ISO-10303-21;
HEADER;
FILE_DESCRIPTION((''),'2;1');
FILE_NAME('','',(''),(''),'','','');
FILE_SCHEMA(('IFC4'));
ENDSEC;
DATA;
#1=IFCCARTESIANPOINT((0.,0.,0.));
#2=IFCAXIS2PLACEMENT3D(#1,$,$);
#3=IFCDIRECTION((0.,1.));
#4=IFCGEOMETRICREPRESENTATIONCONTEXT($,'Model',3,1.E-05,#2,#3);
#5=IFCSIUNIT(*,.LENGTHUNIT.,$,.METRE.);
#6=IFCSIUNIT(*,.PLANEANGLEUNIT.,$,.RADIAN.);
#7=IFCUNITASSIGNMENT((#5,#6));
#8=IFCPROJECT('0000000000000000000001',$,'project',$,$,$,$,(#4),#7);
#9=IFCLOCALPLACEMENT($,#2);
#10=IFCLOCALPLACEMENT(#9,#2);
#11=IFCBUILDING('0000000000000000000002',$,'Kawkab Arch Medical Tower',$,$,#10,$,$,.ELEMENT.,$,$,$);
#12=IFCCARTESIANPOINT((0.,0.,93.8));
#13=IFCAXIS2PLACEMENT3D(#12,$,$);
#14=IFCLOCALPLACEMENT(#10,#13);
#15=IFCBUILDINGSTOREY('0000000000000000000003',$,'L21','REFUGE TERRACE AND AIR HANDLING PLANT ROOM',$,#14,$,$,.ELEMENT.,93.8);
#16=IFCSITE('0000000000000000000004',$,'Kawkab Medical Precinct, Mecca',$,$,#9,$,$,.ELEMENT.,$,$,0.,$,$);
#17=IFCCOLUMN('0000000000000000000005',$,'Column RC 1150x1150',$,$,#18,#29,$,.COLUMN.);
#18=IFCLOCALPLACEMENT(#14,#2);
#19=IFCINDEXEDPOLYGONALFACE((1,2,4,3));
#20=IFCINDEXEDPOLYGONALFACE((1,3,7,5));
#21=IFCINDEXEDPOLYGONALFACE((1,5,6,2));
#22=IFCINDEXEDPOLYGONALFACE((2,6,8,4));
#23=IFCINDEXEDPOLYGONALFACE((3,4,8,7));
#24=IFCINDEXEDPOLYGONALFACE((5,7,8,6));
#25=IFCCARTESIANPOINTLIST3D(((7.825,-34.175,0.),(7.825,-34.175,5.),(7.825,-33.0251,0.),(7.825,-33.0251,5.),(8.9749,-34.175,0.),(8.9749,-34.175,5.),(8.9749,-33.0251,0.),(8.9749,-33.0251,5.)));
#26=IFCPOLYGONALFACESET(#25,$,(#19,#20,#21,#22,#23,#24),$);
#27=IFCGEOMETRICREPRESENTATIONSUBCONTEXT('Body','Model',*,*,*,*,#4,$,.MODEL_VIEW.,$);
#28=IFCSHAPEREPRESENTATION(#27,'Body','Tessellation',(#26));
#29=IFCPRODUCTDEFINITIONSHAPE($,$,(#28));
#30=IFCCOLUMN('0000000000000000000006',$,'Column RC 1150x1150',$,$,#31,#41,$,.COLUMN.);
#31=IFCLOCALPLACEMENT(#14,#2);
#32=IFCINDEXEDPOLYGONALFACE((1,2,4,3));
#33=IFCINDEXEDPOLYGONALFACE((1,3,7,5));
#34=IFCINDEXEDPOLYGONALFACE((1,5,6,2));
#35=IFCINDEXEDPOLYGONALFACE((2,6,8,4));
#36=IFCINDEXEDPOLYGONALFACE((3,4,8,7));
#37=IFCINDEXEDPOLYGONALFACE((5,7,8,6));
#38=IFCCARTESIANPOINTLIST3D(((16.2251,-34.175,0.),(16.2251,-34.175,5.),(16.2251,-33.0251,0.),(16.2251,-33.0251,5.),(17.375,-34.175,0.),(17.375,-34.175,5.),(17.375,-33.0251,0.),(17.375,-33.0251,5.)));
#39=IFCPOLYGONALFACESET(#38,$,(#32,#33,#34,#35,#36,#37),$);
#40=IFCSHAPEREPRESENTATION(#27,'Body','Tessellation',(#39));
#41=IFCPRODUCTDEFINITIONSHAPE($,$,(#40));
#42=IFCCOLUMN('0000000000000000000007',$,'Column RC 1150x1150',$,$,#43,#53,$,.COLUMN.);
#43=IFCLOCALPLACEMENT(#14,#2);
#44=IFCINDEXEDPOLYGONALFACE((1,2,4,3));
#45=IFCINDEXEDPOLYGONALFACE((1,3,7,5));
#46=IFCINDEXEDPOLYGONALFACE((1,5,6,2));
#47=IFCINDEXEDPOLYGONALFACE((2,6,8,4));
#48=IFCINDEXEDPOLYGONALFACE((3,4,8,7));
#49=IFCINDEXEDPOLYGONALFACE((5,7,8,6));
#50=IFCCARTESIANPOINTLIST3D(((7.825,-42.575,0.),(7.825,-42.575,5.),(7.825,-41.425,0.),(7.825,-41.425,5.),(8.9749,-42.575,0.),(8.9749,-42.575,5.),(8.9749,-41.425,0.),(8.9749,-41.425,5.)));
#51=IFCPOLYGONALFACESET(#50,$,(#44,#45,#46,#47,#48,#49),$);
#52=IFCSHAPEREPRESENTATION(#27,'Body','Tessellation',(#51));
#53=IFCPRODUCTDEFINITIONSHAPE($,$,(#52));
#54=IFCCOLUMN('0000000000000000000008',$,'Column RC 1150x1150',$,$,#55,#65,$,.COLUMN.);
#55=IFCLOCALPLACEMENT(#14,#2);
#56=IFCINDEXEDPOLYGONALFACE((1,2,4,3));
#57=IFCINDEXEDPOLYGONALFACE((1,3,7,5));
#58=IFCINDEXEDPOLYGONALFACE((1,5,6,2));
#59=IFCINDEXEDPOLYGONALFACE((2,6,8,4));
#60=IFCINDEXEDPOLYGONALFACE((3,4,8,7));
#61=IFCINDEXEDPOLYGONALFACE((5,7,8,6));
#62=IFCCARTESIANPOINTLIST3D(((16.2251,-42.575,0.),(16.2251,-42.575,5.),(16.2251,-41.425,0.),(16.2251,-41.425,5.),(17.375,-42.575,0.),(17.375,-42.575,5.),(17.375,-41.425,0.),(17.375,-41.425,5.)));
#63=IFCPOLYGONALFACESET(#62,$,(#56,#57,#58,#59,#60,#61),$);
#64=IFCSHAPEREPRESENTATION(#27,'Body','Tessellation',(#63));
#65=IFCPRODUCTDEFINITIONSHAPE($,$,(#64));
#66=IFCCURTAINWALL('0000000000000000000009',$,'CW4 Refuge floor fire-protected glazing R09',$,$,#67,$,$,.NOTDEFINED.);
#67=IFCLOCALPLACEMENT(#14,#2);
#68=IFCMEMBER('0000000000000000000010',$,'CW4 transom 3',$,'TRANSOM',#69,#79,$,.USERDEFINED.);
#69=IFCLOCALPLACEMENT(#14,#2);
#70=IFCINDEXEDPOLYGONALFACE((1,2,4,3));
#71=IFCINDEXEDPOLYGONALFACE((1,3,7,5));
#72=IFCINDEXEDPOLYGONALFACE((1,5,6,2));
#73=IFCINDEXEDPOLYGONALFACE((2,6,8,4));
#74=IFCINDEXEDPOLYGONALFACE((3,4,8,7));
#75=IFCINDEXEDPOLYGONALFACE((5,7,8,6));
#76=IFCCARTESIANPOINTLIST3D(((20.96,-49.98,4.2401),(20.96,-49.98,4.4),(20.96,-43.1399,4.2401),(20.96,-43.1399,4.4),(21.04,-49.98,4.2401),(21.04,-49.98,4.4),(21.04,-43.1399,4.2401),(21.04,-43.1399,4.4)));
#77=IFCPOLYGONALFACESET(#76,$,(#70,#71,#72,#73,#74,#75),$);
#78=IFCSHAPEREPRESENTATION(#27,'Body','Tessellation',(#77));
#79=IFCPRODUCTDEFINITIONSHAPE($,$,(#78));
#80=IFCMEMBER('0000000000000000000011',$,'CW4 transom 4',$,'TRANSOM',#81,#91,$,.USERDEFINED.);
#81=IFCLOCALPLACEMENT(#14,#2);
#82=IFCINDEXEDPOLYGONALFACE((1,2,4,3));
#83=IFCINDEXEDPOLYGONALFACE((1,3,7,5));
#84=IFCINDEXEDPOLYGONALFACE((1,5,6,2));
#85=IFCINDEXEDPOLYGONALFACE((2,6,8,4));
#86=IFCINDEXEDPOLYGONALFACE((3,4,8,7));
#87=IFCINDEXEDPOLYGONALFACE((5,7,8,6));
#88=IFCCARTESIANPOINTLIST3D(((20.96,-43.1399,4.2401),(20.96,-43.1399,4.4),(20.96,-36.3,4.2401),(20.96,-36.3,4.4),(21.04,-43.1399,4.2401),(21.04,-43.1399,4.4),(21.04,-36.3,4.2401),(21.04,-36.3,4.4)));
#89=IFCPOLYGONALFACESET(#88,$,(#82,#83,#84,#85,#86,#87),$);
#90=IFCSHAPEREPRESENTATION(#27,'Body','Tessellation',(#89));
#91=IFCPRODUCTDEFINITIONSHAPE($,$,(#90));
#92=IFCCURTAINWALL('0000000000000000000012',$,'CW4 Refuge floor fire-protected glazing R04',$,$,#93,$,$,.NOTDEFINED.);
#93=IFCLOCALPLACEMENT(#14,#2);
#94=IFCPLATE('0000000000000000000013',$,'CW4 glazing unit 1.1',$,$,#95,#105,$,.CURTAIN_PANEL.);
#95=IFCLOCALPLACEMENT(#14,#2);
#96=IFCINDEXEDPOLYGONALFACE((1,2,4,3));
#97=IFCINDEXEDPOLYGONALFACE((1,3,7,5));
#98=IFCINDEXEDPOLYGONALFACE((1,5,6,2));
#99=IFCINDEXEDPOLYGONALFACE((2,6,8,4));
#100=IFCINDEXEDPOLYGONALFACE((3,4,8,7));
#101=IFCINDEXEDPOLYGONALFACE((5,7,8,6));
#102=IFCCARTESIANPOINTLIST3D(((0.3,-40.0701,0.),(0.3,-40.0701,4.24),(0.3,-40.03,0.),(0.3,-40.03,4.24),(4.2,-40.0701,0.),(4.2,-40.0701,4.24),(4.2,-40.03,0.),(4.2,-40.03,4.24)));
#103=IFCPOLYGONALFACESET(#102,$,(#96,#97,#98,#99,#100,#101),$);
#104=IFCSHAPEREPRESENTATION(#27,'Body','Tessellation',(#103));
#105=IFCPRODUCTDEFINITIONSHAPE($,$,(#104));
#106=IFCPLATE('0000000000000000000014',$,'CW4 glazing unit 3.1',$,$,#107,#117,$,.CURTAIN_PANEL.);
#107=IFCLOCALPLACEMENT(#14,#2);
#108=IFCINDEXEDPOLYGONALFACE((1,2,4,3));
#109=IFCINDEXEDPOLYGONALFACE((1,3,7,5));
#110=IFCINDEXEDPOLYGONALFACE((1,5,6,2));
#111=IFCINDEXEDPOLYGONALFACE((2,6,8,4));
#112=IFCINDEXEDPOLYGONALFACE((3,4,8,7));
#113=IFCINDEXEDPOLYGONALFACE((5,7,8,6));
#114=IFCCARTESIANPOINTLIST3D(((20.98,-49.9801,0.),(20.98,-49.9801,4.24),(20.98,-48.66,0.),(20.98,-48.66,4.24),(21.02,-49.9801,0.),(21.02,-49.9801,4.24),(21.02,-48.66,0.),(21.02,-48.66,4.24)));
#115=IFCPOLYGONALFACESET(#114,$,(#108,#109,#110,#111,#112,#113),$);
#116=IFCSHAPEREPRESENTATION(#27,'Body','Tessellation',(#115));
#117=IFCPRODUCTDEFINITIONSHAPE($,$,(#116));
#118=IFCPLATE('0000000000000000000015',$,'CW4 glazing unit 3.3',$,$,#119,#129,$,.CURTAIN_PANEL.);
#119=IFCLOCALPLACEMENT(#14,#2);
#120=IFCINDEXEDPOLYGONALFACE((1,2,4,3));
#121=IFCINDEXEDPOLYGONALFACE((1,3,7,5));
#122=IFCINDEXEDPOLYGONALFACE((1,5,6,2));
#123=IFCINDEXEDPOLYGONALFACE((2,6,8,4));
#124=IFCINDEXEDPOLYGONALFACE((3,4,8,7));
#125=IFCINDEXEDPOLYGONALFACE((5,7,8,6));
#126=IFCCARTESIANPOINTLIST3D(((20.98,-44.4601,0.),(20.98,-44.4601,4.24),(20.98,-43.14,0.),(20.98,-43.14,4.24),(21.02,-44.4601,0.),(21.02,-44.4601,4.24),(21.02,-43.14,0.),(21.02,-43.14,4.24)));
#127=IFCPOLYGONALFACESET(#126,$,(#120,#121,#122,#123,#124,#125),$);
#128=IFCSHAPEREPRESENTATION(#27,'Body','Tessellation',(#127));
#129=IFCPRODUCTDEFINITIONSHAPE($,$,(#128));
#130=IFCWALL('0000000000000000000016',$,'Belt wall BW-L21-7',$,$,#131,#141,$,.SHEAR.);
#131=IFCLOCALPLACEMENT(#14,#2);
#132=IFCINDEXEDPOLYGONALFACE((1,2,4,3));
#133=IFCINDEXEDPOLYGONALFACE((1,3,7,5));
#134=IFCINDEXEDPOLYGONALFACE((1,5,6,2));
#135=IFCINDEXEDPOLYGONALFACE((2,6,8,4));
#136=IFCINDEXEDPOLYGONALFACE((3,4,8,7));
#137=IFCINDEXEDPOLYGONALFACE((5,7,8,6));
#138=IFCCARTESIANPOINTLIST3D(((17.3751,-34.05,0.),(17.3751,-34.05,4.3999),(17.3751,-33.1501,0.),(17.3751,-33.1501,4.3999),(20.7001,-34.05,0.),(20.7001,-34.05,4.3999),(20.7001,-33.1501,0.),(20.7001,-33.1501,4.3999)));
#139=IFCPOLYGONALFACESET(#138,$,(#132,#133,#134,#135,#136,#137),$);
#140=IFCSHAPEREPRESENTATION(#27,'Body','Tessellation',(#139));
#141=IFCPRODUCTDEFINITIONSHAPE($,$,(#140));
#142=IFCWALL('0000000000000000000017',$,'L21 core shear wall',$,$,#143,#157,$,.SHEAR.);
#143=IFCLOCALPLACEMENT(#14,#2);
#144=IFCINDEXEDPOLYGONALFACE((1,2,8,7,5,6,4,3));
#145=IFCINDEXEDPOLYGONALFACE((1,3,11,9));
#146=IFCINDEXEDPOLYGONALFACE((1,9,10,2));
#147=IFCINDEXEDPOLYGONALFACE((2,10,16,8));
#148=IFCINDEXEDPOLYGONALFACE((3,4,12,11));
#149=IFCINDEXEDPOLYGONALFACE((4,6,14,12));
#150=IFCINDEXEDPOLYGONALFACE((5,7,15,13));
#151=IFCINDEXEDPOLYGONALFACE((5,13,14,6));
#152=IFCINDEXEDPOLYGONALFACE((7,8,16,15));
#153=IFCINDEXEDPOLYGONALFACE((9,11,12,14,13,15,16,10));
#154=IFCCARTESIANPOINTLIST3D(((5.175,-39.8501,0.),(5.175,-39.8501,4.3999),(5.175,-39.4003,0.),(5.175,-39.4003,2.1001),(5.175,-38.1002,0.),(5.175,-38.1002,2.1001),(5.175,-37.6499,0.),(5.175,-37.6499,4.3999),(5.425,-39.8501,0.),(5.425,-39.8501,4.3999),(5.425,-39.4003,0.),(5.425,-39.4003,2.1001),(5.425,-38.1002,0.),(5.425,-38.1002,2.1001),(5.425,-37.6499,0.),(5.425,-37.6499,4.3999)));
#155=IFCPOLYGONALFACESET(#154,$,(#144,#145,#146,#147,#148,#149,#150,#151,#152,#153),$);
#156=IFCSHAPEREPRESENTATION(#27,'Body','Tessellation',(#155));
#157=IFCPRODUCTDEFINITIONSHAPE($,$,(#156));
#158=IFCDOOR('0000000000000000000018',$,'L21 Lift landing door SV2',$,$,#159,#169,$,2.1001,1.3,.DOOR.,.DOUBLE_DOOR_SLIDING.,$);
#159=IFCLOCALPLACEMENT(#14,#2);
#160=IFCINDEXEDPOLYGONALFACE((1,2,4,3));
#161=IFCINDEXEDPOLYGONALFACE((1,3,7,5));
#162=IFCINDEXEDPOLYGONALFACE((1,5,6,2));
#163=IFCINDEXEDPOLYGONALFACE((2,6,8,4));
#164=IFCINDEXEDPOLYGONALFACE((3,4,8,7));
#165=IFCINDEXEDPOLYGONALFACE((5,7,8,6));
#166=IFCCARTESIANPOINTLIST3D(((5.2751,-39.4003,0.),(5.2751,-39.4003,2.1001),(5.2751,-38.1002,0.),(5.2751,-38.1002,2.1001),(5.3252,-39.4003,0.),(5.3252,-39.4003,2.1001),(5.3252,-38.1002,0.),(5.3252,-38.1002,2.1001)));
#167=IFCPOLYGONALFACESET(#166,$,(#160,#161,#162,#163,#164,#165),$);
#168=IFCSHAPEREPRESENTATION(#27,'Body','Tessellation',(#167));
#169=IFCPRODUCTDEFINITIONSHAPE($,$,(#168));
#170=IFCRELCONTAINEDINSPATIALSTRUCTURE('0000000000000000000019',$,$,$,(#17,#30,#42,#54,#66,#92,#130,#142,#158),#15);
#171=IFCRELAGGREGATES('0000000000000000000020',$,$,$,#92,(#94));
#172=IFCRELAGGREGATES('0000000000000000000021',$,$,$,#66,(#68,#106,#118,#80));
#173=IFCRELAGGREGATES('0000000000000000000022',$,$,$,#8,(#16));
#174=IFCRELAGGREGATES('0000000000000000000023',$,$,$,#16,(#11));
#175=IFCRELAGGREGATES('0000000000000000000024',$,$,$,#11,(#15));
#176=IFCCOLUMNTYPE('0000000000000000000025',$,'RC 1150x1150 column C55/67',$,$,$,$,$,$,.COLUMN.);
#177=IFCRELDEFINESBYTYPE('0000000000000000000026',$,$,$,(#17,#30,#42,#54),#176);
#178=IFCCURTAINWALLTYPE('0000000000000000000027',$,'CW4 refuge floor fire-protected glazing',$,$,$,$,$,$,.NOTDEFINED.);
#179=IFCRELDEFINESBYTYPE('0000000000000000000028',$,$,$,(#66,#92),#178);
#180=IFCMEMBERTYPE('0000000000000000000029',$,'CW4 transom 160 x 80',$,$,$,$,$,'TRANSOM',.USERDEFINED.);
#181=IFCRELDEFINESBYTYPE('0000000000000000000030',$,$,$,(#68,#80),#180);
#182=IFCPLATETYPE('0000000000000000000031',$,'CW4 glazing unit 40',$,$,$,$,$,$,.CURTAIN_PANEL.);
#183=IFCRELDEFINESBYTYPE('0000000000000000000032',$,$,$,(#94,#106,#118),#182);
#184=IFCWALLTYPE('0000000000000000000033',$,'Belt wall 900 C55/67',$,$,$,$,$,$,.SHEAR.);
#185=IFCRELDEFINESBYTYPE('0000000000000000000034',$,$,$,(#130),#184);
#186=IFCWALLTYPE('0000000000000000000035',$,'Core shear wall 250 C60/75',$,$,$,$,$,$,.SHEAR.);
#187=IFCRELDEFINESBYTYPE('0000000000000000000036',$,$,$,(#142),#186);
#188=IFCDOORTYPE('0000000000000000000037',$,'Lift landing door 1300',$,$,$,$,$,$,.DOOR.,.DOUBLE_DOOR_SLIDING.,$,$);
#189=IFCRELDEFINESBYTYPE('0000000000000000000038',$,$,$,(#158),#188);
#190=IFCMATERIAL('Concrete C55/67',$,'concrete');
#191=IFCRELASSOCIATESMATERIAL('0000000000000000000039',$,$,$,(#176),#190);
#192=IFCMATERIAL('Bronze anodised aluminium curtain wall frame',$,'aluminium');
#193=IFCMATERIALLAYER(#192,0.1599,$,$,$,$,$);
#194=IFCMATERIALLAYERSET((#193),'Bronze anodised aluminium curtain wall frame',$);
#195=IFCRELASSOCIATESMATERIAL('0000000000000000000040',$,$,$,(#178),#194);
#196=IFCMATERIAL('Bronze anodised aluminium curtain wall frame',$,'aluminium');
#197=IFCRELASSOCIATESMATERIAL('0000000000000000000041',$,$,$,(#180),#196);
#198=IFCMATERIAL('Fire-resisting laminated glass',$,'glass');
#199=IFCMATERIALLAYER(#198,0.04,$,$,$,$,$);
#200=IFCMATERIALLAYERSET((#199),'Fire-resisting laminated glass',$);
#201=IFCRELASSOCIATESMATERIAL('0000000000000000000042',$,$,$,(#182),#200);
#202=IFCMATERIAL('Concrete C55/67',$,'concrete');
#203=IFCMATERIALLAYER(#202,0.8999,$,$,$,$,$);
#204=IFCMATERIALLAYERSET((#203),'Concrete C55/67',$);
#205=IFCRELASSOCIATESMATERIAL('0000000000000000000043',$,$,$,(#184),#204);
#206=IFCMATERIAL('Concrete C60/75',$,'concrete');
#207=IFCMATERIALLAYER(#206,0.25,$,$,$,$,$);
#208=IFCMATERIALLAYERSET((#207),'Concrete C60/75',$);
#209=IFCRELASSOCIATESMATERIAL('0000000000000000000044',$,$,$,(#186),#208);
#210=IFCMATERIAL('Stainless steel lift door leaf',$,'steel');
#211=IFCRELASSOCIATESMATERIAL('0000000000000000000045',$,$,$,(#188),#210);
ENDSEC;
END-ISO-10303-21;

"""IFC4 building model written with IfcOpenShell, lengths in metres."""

from ifc_helpers import new_model, si_unit, direction, frame, frame_2d, origin, origin_2d, place, context, subcontext, project, spatial, rectangle, extrude, material, layer, layer_set, material_profile, profile_set, type_object, element, fill, aggregate, save


model = new_model("IFC4")

# Units and contexts
model_context = context("Model", 3, precision=1e-05, world=origin(), true_north=direction((0.0, 1.0)))
body_context = subcontext(model_context, "Body", "Model", "MODEL_VIEW")
ifc_project = project(units=[si_unit("LENGTHUNIT", "METRE"), si_unit("PLANEANGLEUNIT", "RADIAN")], contexts=[model_context])

# Site, building, storey
site_placement = place(None, origin())
site = spatial("IfcSite", under=ifc_project, at=site_placement, Name="Kawkab Medical Precinct, Mecca", CompositionType="ELEMENT", RefElevation=0.0)
building_placement = place(site_placement, origin())
building = spatial("IfcBuilding", under=site, at=building_placement, Name="Kawkab Arch Medical Tower", CompositionType="ELEMENT")
storey_placement = place(building_placement, frame((0.0, 0.0, 93.8)))
storey = spatial("IfcBuildingStorey", under=building, at=storey_placement, Name="L21", Description="REFUGE TERRACE AND AIR HANDLING PLANT ROOM", CompositionType="ELEMENT", Elevation=93.8)

# Columns
ifc_material_1 = material(Name="Concrete C55/67", Category="concrete")
ifc_material_profile_1 = material_profile(ifc_material_1, rectangle(XDim=1.1499, YDim=1.1499, at=origin_2d()), Name="RC 1150x1150")
ifc_profile_set_1 = profile_set([ifc_material_profile_1], Name="Concrete C55/67")
column_type = type_object("IfcColumnType", Name="RC 1150x1150 column C55/67", PredefinedType="COLUMN", material=ifc_profile_set_1)
for number, where, z_axis, x_axis, name in (
    (1, (8.3999, -33.6001, 0.0), (0.0, 0.0, 1.0), (1.0, 0.0, 0.0), "Column RC 1150x1150"),
    (2, (16.8, -33.6001, 0.0), (0.0, 0.0, 1.0), (1.0, 0.0, 0.0), "Column RC 1150x1150"),
    (3, (8.3999, -42.0, 0.0), (0.0, 0.0, 1.0), (1.0, 0.0, 0.0), "Column RC 1150x1150"),
    (4, (16.8, -42.0, 0.0), (0.0, 0.0, 1.0), (1.0, 0.0, 0.0), "Column RC 1150x1150"),
):
    element("IfcColumn", number, at=place(storey_placement, frame(where, z_axis=z_axis, x_axis=x_axis)), inside=storey, type_object=column_type, Name=name, PredefinedType="COLUMN", context=body_context, shape_type="SweptSolid", body=[
        extrude(rectangle(XDim=1.1499, YDim=1.1499, at=origin_2d()), origin(), (0.0, 0.0, 1.0), 5.0),
    ])

# Curtain wall, members
ifc_material_2 = material(Name="Bronze anodised aluminium curtain wall frame", Category="aluminium")
ifc_layer_1 = layer(ifc_material_2, 0.1599)
ifc_layer_set_1 = layer_set([ifc_layer_1], Name="Bronze anodised aluminium curtain wall frame")
curtain_wall_type = type_object("IfcCurtainWallType", Name="CW4 refuge floor fire-protected glazing", PredefinedType="NOTDEFINED", material=ifc_layer_set_1)
placement = place(storey_placement, origin())
curtain_wall_1 = element("IfcCurtainWall", 5, at=placement, inside=storey, type_object=curtain_wall_type, Name="CW4 Refuge floor fire-protected glazing R09", PredefinedType="NOTDEFINED")
ifc_material_3 = material(Name="Bronze anodised aluminium curtain wall frame", Category="aluminium")
ifc_material_profile_2 = material_profile(ifc_material_3, rectangle(XDim=0.0801, YDim=0.1599, at=origin_2d()), Name="AL 80x160")
ifc_profile_set_2 = profile_set([ifc_material_profile_2], Name="Bronze anodised aluminium curtain wall frame")
member_type = type_object("IfcMemberType", Name="CW4 transom 160 x 80", ElementType="TRANSOM", PredefinedType="USERDEFINED", material=ifc_profile_set_2)
member_1_placement = place(storey_placement, frame((21.0, -49.98, 4.3201), z_axis=(0.0, 1.0, 0.0), x_axis=(-1.0, 0.0, 0.0)))
member_1 = element("IfcMember", 6, at=member_1_placement, type_object=member_type, Name="CW4 transom 3", ObjectType="TRANSOM", PredefinedType="USERDEFINED", context=body_context, shape_type="SweptSolid", body=[
    extrude(rectangle(XDim=0.0801, YDim=0.1599, at=origin_2d()), origin(), (0.0, 0.0, 1.0), 6.8401),
])
member_2_placement = place(storey_placement, frame((21.0, -43.1399, 4.3201), z_axis=(0.0, 1.0, 0.0), x_axis=(-1.0, 0.0, 0.0)))
member_2 = element("IfcMember", 7, at=member_2_placement, type_object=member_type, Name="CW4 transom 4", ObjectType="TRANSOM", PredefinedType="USERDEFINED", context=body_context, shape_type="SweptSolid", body=[
    extrude(rectangle(XDim=0.0801, YDim=0.1599, at=origin_2d()), origin(), (0.0, 0.0, 1.0), 6.8398),
])

# Curtain wall, plate
curtain_wall_2 = element("IfcCurtainWall", 8, at=placement, inside=storey, type_object=curtain_wall_type, Name="CW4 Refuge floor fire-protected glazing R04", PredefinedType="NOTDEFINED")
ifc_material_4 = material(Name="Fire-resisting laminated glass", Category="glass")
ifc_layer_2 = layer(ifc_material_4, 0.04)
ifc_layer_set_2 = layer_set([ifc_layer_2], Name="Fire-resisting laminated glass")
plate_type = type_object("IfcPlateType", Name="CW4 glazing unit 40", PredefinedType="CURTAIN_PANEL", material=ifc_layer_set_2)
plate_1_placement = place(storey_placement, frame((2.25, -40.05, 0.0), z_axis=(0.0, 0.0, 1.0), x_axis=(1.0, 0.0, 0.0)))
plate_1 = element("IfcPlate", 9, at=plate_1_placement, type_object=plate_type, Name="CW4 glazing unit 1.1", PredefinedType="CURTAIN_PANEL", context=body_context, shape_type="SweptSolid", body=[
    extrude(rectangle(XDim=3.8999, YDim=0.04, at=origin_2d()), origin(), (0.0, 0.0, 1.0), 4.24),
])
aggregate(curtain_wall_2, [plate_1])

# Plates
plate_2_placement = place(storey_placement, frame((21.0, -49.3201, 0.0), z_axis=(0.0, 0.0, 1.0), x_axis=(0.0, 1.0, 0.0)))
plate_2 = element("IfcPlate", 10, at=plate_2_placement, type_object=plate_type, Name="CW4 glazing unit 3.1", PredefinedType="CURTAIN_PANEL", context=body_context, shape_type="SweptSolid", body=[
    extrude(rectangle(XDim=1.3201, YDim=0.04, at=origin_2d()), origin(), (0.0, 0.0, 1.0), 4.24),
])
plate_3_placement = place(storey_placement, frame((21.0, -43.8, 0.0), z_axis=(0.0, 0.0, 1.0), x_axis=(0.0, 1.0, 0.0)))
plate_3 = element("IfcPlate", 11, at=plate_3_placement, type_object=plate_type, Name="CW4 glazing unit 3.3", PredefinedType="CURTAIN_PANEL", context=body_context, shape_type="SweptSolid", body=[
    extrude(rectangle(XDim=1.3201, YDim=0.04, at=origin_2d()), origin(), (0.0, 0.0, 1.0), 4.24),
])
aggregate(curtain_wall_1, [member_1, plate_2, plate_3, member_2])

# Wall
ifc_material_5 = material(Name="Concrete C55/67", Category="concrete")
ifc_layer_3 = layer(ifc_material_5, 0.8999)
ifc_layer_set_3 = layer_set([ifc_layer_3], Name="Concrete C55/67")
wall_type_1 = type_object("IfcWallType", Name="Belt wall 900 C55/67", PredefinedType="SHEAR", material=ifc_layer_set_3)
wall_1_placement = place(storey_placement, frame((17.375, -33.6001, 0.0), z_axis=(0.0, 0.0, 1.0), x_axis=(1.0, 0.0, 0.0)))
element("IfcWall", 12, at=wall_1_placement, inside=storey, type_object=wall_type_1, Name="Belt wall BW-L21-7", PredefinedType="SHEAR", context=body_context, shape_type="SweptSolid", body=[
    extrude(rectangle(XDim=3.325, YDim=0.8999, at=frame_2d((1.6626, 0.0))), origin(), (0.0, 0.0, 1.0), 4.3999),
])

# Wall, opening, door
ifc_material_6 = material(Name="Concrete C60/75", Category="concrete")
ifc_layer_4 = layer(ifc_material_6, 0.25)
ifc_layer_set_4 = layer_set([ifc_layer_4], Name="Concrete C60/75")
wall_type_2 = type_object("IfcWallType", Name="Core shear wall 250 C60/75", PredefinedType="SHEAR", material=ifc_layer_set_4)
wall_2_placement = place(storey_placement, frame((5.3, -39.8501, 0.0), z_axis=(0.0, 0.0, 1.0), x_axis=(0.0, 1.0, 0.0)))
wall_2 = element("IfcWall", 13, at=wall_2_placement, inside=storey, type_object=wall_type_2, Name="L21 core shear wall", PredefinedType="SHEAR", context=body_context, shape_type="SweptSolid", body=[
    extrude(rectangle(XDim=2.2002, YDim=0.25, at=frame_2d((1.1001, 0.0))), origin(), (0.0, 0.0, 1.0), 4.3999),
])
opening_1_placement = place(wall_2_placement, frame((0.45, 0.0, 0.0)))
opening_1 = element("IfcOpeningElement", 14, at=opening_1_placement, cuts=wall_2, PredefinedType="OPENING", context=body_context, shape_type="SweptSolid", body=[
    extrude(rectangle(XDim=1.3, YDim=2.1001, at=frame_2d((0.6499, 1.05))), frame((0.0, 0.135, 0.0), z_axis=(0.0, -1.0, 0.0), x_axis=(1.0, 0.0, 0.0)), (0.0, 0.0, 1.0), 0.27),
])
ifc_material_7 = material(Name="Stainless steel lift door leaf", Category="steel")
door_type_1 = type_object("IfcDoorType", Name="Lift landing door 1300", OperationType="DOUBLE_DOOR_SLIDING", PredefinedType="DOOR", material=ifc_material_7)
door_1_placement = place(opening_1_placement, origin())
door_1 = element("IfcDoor", 15, at=door_1_placement, inside=storey, type_object=door_type_1, Name="L21 Lift landing door SV2", OperationType="DOUBLE_DOOR_SLIDING", OverallHeight=2.1001, OverallWidth=1.3, PredefinedType="DOOR", context=body_context, shape_type="SweptSolid", body=[
    extrude(rectangle(XDim=1.3, YDim=2.1001, at=frame_2d((0.6499, 1.05))), frame((0.0, 0.0249, 0.0), z_axis=(0.0, -1.0, 0.0), x_axis=(1.0, 0.0, 0.0)), (0.0, 0.0, 1.0), 0.05),
])
fill(opening_1, door_1)

save(model, "model.ifc")
